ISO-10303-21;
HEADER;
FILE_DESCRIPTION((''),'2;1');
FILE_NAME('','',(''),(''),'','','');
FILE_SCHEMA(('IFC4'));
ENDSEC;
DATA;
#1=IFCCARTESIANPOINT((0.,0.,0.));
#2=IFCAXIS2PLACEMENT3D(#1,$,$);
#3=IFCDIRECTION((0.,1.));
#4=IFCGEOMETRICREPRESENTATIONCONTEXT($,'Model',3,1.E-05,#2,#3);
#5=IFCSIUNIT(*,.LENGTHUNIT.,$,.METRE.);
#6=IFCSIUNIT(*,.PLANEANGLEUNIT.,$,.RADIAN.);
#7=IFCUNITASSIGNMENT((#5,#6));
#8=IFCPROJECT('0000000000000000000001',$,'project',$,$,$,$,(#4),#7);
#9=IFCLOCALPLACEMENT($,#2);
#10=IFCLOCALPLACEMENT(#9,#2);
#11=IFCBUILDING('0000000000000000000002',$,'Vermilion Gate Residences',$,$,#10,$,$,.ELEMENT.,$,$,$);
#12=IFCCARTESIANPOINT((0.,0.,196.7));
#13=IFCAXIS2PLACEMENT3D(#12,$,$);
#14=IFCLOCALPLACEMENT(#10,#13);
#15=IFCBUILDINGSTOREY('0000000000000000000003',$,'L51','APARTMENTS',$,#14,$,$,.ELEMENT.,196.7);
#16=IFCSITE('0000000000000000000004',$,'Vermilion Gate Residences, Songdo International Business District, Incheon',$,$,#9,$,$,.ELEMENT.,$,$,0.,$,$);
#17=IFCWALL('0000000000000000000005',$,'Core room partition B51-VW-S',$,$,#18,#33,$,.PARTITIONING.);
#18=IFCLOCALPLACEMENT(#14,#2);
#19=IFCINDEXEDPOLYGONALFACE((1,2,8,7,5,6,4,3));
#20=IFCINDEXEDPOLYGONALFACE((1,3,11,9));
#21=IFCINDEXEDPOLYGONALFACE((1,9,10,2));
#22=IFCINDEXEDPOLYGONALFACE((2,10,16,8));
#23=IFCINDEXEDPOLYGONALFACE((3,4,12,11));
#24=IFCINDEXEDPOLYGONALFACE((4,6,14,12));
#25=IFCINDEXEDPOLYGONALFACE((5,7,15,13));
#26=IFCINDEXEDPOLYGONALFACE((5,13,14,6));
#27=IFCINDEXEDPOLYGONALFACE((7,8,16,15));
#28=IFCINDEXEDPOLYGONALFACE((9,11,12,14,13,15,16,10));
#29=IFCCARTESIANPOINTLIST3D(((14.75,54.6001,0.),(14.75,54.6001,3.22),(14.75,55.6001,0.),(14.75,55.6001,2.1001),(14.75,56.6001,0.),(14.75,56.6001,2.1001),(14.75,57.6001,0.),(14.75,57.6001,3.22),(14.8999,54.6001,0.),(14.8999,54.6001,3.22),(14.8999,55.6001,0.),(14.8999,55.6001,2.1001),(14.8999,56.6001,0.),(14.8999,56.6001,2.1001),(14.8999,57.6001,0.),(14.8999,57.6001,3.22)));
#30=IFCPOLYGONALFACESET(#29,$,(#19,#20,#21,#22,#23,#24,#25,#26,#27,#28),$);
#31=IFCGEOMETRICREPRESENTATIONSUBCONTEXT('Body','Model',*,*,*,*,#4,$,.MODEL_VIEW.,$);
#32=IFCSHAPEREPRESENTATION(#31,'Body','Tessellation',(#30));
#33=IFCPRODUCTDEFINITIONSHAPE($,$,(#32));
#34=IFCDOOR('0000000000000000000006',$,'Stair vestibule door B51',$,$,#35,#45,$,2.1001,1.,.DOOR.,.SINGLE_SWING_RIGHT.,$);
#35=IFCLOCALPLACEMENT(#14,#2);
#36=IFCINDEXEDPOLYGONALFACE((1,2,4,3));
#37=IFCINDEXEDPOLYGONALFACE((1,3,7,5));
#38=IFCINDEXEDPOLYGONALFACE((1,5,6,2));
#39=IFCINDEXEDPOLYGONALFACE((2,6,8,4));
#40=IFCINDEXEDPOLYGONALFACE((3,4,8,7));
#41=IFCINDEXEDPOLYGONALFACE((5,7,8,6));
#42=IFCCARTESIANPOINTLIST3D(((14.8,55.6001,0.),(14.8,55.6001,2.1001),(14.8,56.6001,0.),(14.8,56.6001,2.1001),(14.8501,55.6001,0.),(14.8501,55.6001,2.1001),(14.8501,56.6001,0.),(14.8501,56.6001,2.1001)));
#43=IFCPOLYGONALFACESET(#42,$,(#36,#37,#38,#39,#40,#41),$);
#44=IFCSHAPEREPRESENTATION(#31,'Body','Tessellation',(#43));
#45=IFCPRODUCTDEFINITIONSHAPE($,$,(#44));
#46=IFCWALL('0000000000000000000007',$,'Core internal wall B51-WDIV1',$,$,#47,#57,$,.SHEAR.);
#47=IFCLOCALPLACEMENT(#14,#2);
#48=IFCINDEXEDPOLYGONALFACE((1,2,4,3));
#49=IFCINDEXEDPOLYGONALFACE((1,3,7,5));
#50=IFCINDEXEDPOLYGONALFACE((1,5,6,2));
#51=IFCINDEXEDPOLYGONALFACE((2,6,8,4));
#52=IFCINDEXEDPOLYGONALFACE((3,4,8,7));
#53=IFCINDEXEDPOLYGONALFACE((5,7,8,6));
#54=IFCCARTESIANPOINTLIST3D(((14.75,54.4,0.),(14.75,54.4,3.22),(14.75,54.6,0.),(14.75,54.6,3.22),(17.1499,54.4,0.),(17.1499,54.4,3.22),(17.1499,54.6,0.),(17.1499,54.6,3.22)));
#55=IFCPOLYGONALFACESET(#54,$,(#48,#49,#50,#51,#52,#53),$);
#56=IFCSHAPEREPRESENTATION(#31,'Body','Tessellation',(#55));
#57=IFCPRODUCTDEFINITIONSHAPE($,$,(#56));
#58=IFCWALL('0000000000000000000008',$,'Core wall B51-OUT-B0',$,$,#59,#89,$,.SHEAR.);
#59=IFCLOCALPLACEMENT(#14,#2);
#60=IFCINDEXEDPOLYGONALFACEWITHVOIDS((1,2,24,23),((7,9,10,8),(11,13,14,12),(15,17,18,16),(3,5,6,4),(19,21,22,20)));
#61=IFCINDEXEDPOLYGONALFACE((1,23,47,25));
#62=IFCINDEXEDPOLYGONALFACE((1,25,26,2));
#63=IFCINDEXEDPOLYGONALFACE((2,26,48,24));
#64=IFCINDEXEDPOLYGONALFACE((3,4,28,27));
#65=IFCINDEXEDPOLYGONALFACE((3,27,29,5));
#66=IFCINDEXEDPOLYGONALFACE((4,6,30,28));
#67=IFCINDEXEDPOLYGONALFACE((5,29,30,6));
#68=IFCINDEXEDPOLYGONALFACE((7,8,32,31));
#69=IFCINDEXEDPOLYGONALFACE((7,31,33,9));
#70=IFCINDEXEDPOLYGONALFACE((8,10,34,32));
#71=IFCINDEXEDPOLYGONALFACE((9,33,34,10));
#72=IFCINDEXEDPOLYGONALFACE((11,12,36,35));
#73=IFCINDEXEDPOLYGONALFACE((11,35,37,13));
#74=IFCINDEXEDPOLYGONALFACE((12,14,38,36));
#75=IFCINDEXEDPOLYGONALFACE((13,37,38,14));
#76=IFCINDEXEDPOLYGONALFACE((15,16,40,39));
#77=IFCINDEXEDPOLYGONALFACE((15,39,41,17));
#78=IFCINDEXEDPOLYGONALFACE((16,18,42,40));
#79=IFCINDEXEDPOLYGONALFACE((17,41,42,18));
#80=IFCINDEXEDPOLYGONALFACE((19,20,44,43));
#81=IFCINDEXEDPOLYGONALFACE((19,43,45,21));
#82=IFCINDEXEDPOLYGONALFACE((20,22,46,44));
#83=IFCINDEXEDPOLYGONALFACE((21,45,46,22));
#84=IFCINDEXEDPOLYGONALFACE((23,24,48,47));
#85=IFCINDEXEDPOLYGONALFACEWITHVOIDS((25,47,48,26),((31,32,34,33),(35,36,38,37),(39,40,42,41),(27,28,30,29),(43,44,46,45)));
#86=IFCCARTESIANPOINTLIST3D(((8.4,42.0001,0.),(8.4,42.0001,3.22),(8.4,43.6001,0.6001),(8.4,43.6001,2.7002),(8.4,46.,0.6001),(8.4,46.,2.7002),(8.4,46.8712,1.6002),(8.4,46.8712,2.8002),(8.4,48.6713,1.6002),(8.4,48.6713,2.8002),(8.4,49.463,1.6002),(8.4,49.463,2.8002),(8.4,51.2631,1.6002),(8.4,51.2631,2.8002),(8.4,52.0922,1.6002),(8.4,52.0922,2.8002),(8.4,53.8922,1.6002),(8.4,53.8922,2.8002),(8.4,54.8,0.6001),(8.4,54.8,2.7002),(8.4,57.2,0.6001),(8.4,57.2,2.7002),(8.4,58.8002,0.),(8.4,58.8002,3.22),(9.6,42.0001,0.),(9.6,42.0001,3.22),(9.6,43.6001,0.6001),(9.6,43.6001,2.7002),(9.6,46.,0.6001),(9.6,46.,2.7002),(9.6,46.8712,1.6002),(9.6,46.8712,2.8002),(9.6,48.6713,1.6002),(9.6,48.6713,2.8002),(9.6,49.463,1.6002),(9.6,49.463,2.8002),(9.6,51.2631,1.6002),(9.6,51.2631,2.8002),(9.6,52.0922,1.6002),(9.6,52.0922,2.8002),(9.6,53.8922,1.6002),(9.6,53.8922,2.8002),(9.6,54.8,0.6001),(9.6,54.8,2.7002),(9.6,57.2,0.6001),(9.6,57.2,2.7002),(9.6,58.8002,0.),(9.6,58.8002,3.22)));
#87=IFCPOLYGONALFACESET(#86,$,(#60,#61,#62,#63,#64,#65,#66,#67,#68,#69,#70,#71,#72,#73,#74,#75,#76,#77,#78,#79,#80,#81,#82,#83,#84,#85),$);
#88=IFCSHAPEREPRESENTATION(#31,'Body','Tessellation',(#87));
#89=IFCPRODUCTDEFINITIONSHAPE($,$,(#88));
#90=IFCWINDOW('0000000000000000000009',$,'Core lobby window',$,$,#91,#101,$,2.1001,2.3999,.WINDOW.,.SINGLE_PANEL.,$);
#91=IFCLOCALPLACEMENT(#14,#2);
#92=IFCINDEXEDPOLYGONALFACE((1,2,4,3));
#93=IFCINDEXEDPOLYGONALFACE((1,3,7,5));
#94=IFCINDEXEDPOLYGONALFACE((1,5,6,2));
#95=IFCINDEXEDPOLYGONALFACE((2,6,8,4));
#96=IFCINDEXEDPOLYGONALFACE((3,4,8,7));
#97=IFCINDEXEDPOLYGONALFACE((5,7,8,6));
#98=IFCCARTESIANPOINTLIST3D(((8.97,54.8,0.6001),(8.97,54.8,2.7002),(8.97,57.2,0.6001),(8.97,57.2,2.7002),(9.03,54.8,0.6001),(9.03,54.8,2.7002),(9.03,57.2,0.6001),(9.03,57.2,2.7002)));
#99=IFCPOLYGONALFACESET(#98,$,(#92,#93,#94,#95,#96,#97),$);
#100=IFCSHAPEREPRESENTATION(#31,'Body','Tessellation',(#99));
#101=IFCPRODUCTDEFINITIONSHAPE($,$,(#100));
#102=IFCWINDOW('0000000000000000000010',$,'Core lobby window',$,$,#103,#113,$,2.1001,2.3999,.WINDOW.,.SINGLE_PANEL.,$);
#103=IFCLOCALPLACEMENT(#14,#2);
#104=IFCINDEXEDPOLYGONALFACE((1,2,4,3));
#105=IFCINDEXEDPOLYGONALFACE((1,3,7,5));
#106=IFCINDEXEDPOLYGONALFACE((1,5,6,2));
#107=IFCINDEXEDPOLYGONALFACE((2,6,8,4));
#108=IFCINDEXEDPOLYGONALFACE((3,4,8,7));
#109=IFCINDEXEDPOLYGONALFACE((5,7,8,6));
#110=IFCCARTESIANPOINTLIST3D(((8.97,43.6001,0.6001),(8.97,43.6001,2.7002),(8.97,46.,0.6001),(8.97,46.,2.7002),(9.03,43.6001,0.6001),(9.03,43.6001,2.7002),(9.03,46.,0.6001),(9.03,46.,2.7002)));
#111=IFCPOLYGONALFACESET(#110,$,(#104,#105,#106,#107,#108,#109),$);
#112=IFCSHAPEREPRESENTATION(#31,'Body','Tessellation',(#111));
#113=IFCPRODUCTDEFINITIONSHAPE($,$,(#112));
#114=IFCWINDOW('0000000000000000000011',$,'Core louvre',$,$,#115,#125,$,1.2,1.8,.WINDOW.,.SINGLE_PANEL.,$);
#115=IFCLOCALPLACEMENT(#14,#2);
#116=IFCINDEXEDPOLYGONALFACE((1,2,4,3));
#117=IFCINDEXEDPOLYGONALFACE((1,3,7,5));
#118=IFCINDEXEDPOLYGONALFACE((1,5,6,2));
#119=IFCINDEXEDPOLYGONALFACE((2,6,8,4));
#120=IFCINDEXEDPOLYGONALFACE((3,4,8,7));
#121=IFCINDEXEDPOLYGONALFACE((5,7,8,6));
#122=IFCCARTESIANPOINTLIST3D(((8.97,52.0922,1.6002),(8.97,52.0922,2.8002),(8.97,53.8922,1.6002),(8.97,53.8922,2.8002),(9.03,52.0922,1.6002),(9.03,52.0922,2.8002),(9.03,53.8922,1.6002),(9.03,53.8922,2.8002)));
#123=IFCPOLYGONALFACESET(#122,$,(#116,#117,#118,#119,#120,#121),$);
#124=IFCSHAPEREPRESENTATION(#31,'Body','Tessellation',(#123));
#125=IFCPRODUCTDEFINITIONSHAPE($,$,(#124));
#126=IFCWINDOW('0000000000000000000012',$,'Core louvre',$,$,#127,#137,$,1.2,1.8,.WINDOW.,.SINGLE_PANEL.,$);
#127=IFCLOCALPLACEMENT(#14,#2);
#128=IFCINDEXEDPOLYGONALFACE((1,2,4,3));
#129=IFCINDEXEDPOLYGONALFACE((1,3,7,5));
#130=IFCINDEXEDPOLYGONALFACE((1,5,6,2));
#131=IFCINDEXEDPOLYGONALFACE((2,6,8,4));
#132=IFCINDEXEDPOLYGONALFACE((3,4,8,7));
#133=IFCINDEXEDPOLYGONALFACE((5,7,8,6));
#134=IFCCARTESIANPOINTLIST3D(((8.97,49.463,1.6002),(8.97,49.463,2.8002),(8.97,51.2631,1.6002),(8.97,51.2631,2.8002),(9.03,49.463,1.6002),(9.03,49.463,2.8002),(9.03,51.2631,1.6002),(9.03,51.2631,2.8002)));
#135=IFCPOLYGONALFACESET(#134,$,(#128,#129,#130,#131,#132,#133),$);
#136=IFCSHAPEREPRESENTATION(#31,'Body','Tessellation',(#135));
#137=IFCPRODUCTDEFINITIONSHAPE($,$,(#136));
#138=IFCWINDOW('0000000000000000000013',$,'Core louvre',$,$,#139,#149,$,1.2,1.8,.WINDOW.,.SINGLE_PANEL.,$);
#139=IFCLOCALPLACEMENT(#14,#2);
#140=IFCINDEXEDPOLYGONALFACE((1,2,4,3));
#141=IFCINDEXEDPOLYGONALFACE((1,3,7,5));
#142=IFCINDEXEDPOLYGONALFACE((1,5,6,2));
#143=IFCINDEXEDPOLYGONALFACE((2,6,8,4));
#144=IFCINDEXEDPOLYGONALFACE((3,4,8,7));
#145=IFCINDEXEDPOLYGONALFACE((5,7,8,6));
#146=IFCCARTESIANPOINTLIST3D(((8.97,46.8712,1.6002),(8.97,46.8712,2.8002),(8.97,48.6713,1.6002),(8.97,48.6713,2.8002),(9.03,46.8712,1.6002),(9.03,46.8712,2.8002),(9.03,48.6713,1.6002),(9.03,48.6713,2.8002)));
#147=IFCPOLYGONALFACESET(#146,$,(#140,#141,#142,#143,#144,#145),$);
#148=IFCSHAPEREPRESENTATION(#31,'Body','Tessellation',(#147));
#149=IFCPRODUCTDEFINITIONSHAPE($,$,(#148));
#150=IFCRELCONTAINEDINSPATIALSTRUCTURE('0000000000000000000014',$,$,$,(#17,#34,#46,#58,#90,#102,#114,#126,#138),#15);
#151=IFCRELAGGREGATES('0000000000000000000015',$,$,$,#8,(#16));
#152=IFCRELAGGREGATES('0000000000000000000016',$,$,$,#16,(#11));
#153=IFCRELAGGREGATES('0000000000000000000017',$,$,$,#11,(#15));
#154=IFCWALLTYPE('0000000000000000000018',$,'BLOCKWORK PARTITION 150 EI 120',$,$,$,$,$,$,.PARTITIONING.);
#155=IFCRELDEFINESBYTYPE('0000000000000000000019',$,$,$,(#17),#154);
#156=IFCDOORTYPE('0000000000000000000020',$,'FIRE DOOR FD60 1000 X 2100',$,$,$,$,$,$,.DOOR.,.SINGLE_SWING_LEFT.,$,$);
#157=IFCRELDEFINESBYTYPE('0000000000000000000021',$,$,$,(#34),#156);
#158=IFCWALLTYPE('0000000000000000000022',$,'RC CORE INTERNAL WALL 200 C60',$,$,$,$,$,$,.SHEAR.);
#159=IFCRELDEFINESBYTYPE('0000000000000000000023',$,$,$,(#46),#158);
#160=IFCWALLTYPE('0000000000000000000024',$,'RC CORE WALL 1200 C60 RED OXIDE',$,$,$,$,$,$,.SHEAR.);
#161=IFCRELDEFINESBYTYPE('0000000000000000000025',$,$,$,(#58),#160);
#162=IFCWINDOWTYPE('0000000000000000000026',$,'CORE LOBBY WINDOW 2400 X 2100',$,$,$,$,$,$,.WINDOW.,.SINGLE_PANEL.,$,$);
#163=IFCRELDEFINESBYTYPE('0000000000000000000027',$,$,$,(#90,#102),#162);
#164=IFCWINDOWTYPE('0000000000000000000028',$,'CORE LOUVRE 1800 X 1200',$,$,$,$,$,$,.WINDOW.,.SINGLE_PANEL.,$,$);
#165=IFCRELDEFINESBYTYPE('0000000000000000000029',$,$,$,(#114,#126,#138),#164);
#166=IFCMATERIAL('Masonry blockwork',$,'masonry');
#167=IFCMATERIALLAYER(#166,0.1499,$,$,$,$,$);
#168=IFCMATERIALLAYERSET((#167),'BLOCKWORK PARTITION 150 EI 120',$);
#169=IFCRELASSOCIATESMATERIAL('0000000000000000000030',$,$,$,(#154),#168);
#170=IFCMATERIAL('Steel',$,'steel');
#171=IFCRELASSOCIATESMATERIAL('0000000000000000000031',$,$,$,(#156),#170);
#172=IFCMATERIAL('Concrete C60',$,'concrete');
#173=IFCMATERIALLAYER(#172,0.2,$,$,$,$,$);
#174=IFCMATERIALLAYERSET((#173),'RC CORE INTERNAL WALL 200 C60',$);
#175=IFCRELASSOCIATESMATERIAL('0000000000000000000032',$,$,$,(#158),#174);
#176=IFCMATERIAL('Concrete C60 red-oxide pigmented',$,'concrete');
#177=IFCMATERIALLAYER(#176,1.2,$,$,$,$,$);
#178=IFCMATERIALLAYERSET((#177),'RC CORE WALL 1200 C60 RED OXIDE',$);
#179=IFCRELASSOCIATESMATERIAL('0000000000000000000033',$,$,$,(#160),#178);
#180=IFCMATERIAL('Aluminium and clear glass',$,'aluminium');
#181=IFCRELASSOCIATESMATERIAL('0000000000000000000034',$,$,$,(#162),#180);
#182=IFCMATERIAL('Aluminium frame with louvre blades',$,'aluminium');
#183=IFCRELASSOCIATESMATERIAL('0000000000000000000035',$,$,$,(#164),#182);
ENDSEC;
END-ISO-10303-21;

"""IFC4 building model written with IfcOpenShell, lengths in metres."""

from ifc_helpers import new_model, si_unit, direction, frame, frame_2d, origin, place, context, subcontext, project, spatial, rectangle, extrude, material, layer, layer_set, type_object, element, fill, save


model = new_model("IFC4")

# Units and contexts
model_context = context("Model", 3, precision=1e-05, world=origin(), true_north=direction((0.0, 1.0)))
body_context = subcontext(model_context, "Body", "Model", "MODEL_VIEW")
ifc_project = project(units=[si_unit("LENGTHUNIT", "METRE"), si_unit("PLANEANGLEUNIT", "RADIAN")], contexts=[model_context])

# Site, building, storey
site_placement = place(None, origin())
site = spatial("IfcSite", under=ifc_project, at=site_placement, Name="Vermilion Gate Residences, Songdo International Business District, Incheon", CompositionType="ELEMENT", RefElevation=0.0)
building_placement = place(site_placement, origin())
building = spatial("IfcBuilding", under=site, at=building_placement, Name="Vermilion Gate Residences", CompositionType="ELEMENT")
storey_placement = place(building_placement, frame((0.0, 0.0, 196.7)))
storey = spatial("IfcBuildingStorey", under=building, at=storey_placement, Name="L51", Description="APARTMENTS", CompositionType="ELEMENT", Elevation=196.7)

# Wall, opening, door
ifc_material_1 = material(Name="Masonry blockwork", Category="masonry")
ifc_layer_1 = layer(ifc_material_1, 0.1499)
ifc_layer_set_1 = layer_set([ifc_layer_1], Name="BLOCKWORK PARTITION 150 EI 120")
wall_type_1 = type_object("IfcWallType", Name="BLOCKWORK PARTITION 150 EI 120", PredefinedType="PARTITIONING", material=ifc_layer_set_1)
wall_1_placement = place(storey_placement, frame((14.825, 57.6001, 0.0), z_axis=(0.0, 0.0, 1.0), x_axis=(0.0, -1.0, 0.0)))
wall_1 = element("IfcWall", 1, at=wall_1_placement, inside=storey, type_object=wall_type_1, Name="Core room partition B51-VW-S", PredefinedType="PARTITIONING", context=body_context, shape_type="SweptSolid", body=[
    extrude(rectangle(XDim=3.0, YDim=0.1499, at=frame_2d((1.5, 0.0))), origin(), (0.0, 0.0, 1.0), 3.22),
])
opening_1_placement = place(wall_1_placement, frame((1.0, 0.0, 0.0)))
opening_1 = element("IfcOpeningElement", 2, at=opening_1_placement, cuts=wall_1, PredefinedType="OPENING", context=body_context, shape_type="SweptSolid", body=[
    extrude(rectangle(XDim=1.0, YDim=2.1001, at=frame_2d((0.5, 1.05))), frame((0.0, 0.085, 0.0), z_axis=(0.0, -1.0, 0.0), x_axis=(1.0, 0.0, 0.0)), (0.0, 0.0, 1.0), 0.1699),
])
ifc_material_2 = material(Name="Steel", Category="steel")
door_type = type_object("IfcDoorType", Name="FIRE DOOR FD60 1000 X 2100", OperationType="SINGLE_SWING_LEFT", PredefinedType="DOOR", material=ifc_material_2)
door_placement = place(opening_1_placement, frame((1.0, 0.0, 0.0), z_axis=(0.0, 0.0, 1.0), x_axis=(-1.0, 0.0, 0.0)))
door = element("IfcDoor", 3, at=door_placement, inside=storey, type_object=door_type, Name="Stair vestibule door B51", OperationType="SINGLE_SWING_RIGHT", OverallHeight=2.1001, OverallWidth=1.0, PredefinedType="DOOR", context=body_context, shape_type="SweptSolid", body=[
    extrude(rectangle(XDim=1.0, YDim=2.1001, at=frame_2d((0.5, 1.05))), frame((0.0, 0.0249, 0.0), z_axis=(0.0, -1.0, 0.0), x_axis=(1.0, 0.0, 0.0)), (0.0, 0.0, 1.0), 0.05),
])
fill(opening_1, door)

# Wall
ifc_material_3 = material(Name="Concrete C60", Category="concrete")
ifc_layer_2 = layer(ifc_material_3, 0.2)
ifc_layer_set_2 = layer_set([ifc_layer_2], Name="RC CORE INTERNAL WALL 200 C60")
wall_type_2 = type_object("IfcWallType", Name="RC CORE INTERNAL WALL 200 C60", PredefinedType="SHEAR", material=ifc_layer_set_2)
wall_2_placement = place(storey_placement, frame((14.75, 54.5, 0.0), z_axis=(0.0, 0.0, 1.0), x_axis=(1.0, 0.0, 0.0)))
element("IfcWall", 4, at=wall_2_placement, inside=storey, type_object=wall_type_2, Name="Core internal wall B51-WDIV1", PredefinedType="SHEAR", context=body_context, shape_type="SweptSolid", body=[
    extrude(rectangle(XDim=2.3999, YDim=0.2, at=frame_2d((1.2, 0.0))), origin(), (0.0, 0.0, 1.0), 3.22),
])

# Wall, openings, windows
ifc_material_4 = material(Name="Concrete C60 red-oxide pigmented", Category="concrete")
ifc_layer_3 = layer(ifc_material_4, 1.2)
ifc_layer_set_3 = layer_set([ifc_layer_3], Name="RC CORE WALL 1200 C60 RED OXIDE")
wall_type_3 = type_object("IfcWallType", Name="RC CORE WALL 1200 C60 RED OXIDE", PredefinedType="SHEAR", material=ifc_layer_set_3)
wall_3_placement = place(storey_placement, frame((9.0, 58.8, 0.0), z_axis=(0.0, 0.0, 1.0), x_axis=(0.0, -1.0, 0.0)))
wall_3 = element("IfcWall", 5, at=wall_3_placement, inside=storey, type_object=wall_type_3, Name="Core wall B51-OUT-B0", PredefinedType="SHEAR", context=body_context, shape_type="SweptSolid", body=[
    extrude(rectangle(XDim=16.8, YDim=1.2, at=frame_2d((8.3999, 0.0))), origin(), (0.0, 0.0, 1.0), 3.22),
])
opening_2_placement = place(wall_3_placement, frame((1.6001, 0.0, 0.6001)))
opening_2 = element("IfcOpeningElement", 6, at=opening_2_placement, cuts=wall_3, PredefinedType="OPENING", context=body_context, shape_type="SweptSolid", body=[
    extrude(rectangle(XDim=2.3999, YDim=2.1001, at=frame_2d((1.2, 1.05))), frame((0.0, 0.6099, 0.0), z_axis=(0.0, -1.0, 0.0), x_axis=(1.0, 0.0, 0.0)), (0.0, 0.0, 1.0), 1.22),
])
opening_3_placement = place(wall_3_placement, frame((4.908, 0.0, 1.6001)))
opening_3 = element("IfcOpeningElement", 7, at=opening_3_placement, cuts=wall_3, PredefinedType="OPENING", context=body_context, shape_type="SweptSolid", body=[
    extrude(rectangle(XDim=1.8, YDim=1.2, at=frame_2d((0.8999, 0.6001))), frame((0.0, 0.6099, 0.0), z_axis=(0.0, -1.0, 0.0), x_axis=(1.0, 0.0, 0.0)), (0.0, 0.0, 1.0), 1.22),
])
opening_4_placement = place(wall_3_placement, frame((7.5371, 0.0, 1.6001)))
opening_4 = element("IfcOpeningElement", 8, at=opening_4_placement, cuts=wall_3, PredefinedType="OPENING", context=body_context, shape_type="SweptSolid", body=[
    extrude(rectangle(XDim=1.8, YDim=1.2, at=frame_2d((0.8999, 0.6001))), frame((0.0, 0.6099, 0.0), z_axis=(0.0, -1.0, 0.0), x_axis=(1.0, 0.0, 0.0)), (0.0, 0.0, 1.0), 1.22),
])
opening_5_placement = place(wall_3_placement, frame((10.1289, 0.0, 1.6001)))
opening_5 = element("IfcOpeningElement", 9, at=opening_5_placement, cuts=wall_3, PredefinedType="OPENING", context=body_context, shape_type="SweptSolid", body=[
    extrude(rectangle(XDim=1.8, YDim=1.2, at=frame_2d((0.8999, 0.6001))), frame((0.0, 0.6099, 0.0), z_axis=(0.0, -1.0, 0.0), x_axis=(1.0, 0.0, 0.0)), (0.0, 0.0, 1.0), 1.22),
])
opening_6_placement = place(wall_3_placement, frame((12.8, 0.0, 0.6001)))
opening_6 = element("IfcOpeningElement", 10, at=opening_6_placement, cuts=wall_3, PredefinedType="OPENING", context=body_context, shape_type="SweptSolid", body=[
    extrude(rectangle(XDim=2.3999, YDim=2.1001, at=frame_2d((1.2, 1.05))), frame((0.0, 0.6099, 0.0), z_axis=(0.0, -1.0, 0.0), x_axis=(1.0, 0.0, 0.0)), (0.0, 0.0, 1.0), 1.22),
])
ifc_material_5 = material(Name="Aluminium and clear glass", Category="aluminium")
window_type_1 = type_object("IfcWindowType", Name="CORE LOBBY WINDOW 2400 X 2100", PartitioningType="SINGLE_PANEL", PredefinedType="WINDOW", material=ifc_material_5)
window_1_placement = place(opening_2_placement, origin())
window_1 = element("IfcWindow", 11, at=window_1_placement, inside=storey, type_object=window_type_1, Name="Core lobby window", OverallHeight=2.1001, OverallWidth=2.3999, PartitioningType="SINGLE_PANEL", PredefinedType="WINDOW", context=body_context, shape_type="SweptSolid", body=[
    extrude(rectangle(XDim=2.3999, YDim=2.1001, at=frame_2d((1.2, 1.05))), frame((0.0, 0.03, 0.0), z_axis=(0.0, -1.0, 0.0), x_axis=(1.0, 0.0, 0.0)), (0.0, 0.0, 1.0), 0.0601),
])
fill(opening_2, window_1)
window_2_placement = place(opening_6_placement, origin())
window_2 = element("IfcWindow", 12, at=window_2_placement, inside=storey, type_object=window_type_1, Name="Core lobby window", OverallHeight=2.1001, OverallWidth=2.3999, PartitioningType="SINGLE_PANEL", PredefinedType="WINDOW", context=body_context, shape_type="SweptSolid", body=[
    extrude(rectangle(XDim=2.3999, YDim=2.1001, at=frame_2d((1.2, 1.05))), frame((0.0, 0.03, 0.0), z_axis=(0.0, -1.0, 0.0), x_axis=(1.0, 0.0, 0.0)), (0.0, 0.0, 1.0), 0.0601),
])
fill(opening_6, window_2)
ifc_material_6 = material(Name="Aluminium frame with louvre blades", Category="aluminium")
window_type_2 = type_object("IfcWindowType", Name="CORE LOUVRE 1800 X 1200", PartitioningType="SINGLE_PANEL", PredefinedType="WINDOW", material=ifc_material_6)
window_3_placement = place(opening_3_placement, origin())
window_3 = element("IfcWindow", 13, at=window_3_placement, inside=storey, type_object=window_type_2, Name="Core louvre", OverallHeight=1.2, OverallWidth=1.8, PartitioningType="SINGLE_PANEL", PredefinedType="WINDOW", context=body_context, shape_type="SweptSolid", body=[
    extrude(rectangle(XDim=1.8, YDim=1.2, at=frame_2d((0.8999, 0.6001))), frame((0.0, 0.03, 0.0), z_axis=(0.0, -1.0, 0.0), x_axis=(1.0, 0.0, 0.0)), (0.0, 0.0, 1.0), 0.0601),
])
fill(opening_3, window_3)
window_4_placement = place(opening_4_placement, origin())
window_4 = element("IfcWindow", 14, at=window_4_placement, inside=storey, type_object=window_type_2, Name="Core louvre", OverallHeight=1.2, OverallWidth=1.8, PartitioningType="SINGLE_PANEL", PredefinedType="WINDOW", context=body_context, shape_type="SweptSolid", body=[
    extrude(rectangle(XDim=1.8, YDim=1.2, at=frame_2d((0.8999, 0.6001))), frame((0.0, 0.03, 0.0), z_axis=(0.0, -1.0, 0.0), x_axis=(1.0, 0.0, 0.0)), (0.0, 0.0, 1.0), 0.0601),
])
fill(opening_4, window_4)
window_5_placement = place(opening_5_placement, origin())
window_5 = element("IfcWindow", 15, at=window_5_placement, inside=storey, type_object=window_type_2, Name="Core louvre", OverallHeight=1.2, OverallWidth=1.8, PartitioningType="SINGLE_PANEL", PredefinedType="WINDOW", context=body_context, shape_type="SweptSolid", body=[
    extrude(rectangle(XDim=1.8, YDim=1.2, at=frame_2d((0.8999, 0.6001))), frame((0.0, 0.03, 0.0), z_axis=(0.0, -1.0, 0.0), x_axis=(1.0, 0.0, 0.0)), (0.0, 0.0, 1.0), 0.0601),
])
fill(opening_5, window_5)

save(model, "model.ifc")
